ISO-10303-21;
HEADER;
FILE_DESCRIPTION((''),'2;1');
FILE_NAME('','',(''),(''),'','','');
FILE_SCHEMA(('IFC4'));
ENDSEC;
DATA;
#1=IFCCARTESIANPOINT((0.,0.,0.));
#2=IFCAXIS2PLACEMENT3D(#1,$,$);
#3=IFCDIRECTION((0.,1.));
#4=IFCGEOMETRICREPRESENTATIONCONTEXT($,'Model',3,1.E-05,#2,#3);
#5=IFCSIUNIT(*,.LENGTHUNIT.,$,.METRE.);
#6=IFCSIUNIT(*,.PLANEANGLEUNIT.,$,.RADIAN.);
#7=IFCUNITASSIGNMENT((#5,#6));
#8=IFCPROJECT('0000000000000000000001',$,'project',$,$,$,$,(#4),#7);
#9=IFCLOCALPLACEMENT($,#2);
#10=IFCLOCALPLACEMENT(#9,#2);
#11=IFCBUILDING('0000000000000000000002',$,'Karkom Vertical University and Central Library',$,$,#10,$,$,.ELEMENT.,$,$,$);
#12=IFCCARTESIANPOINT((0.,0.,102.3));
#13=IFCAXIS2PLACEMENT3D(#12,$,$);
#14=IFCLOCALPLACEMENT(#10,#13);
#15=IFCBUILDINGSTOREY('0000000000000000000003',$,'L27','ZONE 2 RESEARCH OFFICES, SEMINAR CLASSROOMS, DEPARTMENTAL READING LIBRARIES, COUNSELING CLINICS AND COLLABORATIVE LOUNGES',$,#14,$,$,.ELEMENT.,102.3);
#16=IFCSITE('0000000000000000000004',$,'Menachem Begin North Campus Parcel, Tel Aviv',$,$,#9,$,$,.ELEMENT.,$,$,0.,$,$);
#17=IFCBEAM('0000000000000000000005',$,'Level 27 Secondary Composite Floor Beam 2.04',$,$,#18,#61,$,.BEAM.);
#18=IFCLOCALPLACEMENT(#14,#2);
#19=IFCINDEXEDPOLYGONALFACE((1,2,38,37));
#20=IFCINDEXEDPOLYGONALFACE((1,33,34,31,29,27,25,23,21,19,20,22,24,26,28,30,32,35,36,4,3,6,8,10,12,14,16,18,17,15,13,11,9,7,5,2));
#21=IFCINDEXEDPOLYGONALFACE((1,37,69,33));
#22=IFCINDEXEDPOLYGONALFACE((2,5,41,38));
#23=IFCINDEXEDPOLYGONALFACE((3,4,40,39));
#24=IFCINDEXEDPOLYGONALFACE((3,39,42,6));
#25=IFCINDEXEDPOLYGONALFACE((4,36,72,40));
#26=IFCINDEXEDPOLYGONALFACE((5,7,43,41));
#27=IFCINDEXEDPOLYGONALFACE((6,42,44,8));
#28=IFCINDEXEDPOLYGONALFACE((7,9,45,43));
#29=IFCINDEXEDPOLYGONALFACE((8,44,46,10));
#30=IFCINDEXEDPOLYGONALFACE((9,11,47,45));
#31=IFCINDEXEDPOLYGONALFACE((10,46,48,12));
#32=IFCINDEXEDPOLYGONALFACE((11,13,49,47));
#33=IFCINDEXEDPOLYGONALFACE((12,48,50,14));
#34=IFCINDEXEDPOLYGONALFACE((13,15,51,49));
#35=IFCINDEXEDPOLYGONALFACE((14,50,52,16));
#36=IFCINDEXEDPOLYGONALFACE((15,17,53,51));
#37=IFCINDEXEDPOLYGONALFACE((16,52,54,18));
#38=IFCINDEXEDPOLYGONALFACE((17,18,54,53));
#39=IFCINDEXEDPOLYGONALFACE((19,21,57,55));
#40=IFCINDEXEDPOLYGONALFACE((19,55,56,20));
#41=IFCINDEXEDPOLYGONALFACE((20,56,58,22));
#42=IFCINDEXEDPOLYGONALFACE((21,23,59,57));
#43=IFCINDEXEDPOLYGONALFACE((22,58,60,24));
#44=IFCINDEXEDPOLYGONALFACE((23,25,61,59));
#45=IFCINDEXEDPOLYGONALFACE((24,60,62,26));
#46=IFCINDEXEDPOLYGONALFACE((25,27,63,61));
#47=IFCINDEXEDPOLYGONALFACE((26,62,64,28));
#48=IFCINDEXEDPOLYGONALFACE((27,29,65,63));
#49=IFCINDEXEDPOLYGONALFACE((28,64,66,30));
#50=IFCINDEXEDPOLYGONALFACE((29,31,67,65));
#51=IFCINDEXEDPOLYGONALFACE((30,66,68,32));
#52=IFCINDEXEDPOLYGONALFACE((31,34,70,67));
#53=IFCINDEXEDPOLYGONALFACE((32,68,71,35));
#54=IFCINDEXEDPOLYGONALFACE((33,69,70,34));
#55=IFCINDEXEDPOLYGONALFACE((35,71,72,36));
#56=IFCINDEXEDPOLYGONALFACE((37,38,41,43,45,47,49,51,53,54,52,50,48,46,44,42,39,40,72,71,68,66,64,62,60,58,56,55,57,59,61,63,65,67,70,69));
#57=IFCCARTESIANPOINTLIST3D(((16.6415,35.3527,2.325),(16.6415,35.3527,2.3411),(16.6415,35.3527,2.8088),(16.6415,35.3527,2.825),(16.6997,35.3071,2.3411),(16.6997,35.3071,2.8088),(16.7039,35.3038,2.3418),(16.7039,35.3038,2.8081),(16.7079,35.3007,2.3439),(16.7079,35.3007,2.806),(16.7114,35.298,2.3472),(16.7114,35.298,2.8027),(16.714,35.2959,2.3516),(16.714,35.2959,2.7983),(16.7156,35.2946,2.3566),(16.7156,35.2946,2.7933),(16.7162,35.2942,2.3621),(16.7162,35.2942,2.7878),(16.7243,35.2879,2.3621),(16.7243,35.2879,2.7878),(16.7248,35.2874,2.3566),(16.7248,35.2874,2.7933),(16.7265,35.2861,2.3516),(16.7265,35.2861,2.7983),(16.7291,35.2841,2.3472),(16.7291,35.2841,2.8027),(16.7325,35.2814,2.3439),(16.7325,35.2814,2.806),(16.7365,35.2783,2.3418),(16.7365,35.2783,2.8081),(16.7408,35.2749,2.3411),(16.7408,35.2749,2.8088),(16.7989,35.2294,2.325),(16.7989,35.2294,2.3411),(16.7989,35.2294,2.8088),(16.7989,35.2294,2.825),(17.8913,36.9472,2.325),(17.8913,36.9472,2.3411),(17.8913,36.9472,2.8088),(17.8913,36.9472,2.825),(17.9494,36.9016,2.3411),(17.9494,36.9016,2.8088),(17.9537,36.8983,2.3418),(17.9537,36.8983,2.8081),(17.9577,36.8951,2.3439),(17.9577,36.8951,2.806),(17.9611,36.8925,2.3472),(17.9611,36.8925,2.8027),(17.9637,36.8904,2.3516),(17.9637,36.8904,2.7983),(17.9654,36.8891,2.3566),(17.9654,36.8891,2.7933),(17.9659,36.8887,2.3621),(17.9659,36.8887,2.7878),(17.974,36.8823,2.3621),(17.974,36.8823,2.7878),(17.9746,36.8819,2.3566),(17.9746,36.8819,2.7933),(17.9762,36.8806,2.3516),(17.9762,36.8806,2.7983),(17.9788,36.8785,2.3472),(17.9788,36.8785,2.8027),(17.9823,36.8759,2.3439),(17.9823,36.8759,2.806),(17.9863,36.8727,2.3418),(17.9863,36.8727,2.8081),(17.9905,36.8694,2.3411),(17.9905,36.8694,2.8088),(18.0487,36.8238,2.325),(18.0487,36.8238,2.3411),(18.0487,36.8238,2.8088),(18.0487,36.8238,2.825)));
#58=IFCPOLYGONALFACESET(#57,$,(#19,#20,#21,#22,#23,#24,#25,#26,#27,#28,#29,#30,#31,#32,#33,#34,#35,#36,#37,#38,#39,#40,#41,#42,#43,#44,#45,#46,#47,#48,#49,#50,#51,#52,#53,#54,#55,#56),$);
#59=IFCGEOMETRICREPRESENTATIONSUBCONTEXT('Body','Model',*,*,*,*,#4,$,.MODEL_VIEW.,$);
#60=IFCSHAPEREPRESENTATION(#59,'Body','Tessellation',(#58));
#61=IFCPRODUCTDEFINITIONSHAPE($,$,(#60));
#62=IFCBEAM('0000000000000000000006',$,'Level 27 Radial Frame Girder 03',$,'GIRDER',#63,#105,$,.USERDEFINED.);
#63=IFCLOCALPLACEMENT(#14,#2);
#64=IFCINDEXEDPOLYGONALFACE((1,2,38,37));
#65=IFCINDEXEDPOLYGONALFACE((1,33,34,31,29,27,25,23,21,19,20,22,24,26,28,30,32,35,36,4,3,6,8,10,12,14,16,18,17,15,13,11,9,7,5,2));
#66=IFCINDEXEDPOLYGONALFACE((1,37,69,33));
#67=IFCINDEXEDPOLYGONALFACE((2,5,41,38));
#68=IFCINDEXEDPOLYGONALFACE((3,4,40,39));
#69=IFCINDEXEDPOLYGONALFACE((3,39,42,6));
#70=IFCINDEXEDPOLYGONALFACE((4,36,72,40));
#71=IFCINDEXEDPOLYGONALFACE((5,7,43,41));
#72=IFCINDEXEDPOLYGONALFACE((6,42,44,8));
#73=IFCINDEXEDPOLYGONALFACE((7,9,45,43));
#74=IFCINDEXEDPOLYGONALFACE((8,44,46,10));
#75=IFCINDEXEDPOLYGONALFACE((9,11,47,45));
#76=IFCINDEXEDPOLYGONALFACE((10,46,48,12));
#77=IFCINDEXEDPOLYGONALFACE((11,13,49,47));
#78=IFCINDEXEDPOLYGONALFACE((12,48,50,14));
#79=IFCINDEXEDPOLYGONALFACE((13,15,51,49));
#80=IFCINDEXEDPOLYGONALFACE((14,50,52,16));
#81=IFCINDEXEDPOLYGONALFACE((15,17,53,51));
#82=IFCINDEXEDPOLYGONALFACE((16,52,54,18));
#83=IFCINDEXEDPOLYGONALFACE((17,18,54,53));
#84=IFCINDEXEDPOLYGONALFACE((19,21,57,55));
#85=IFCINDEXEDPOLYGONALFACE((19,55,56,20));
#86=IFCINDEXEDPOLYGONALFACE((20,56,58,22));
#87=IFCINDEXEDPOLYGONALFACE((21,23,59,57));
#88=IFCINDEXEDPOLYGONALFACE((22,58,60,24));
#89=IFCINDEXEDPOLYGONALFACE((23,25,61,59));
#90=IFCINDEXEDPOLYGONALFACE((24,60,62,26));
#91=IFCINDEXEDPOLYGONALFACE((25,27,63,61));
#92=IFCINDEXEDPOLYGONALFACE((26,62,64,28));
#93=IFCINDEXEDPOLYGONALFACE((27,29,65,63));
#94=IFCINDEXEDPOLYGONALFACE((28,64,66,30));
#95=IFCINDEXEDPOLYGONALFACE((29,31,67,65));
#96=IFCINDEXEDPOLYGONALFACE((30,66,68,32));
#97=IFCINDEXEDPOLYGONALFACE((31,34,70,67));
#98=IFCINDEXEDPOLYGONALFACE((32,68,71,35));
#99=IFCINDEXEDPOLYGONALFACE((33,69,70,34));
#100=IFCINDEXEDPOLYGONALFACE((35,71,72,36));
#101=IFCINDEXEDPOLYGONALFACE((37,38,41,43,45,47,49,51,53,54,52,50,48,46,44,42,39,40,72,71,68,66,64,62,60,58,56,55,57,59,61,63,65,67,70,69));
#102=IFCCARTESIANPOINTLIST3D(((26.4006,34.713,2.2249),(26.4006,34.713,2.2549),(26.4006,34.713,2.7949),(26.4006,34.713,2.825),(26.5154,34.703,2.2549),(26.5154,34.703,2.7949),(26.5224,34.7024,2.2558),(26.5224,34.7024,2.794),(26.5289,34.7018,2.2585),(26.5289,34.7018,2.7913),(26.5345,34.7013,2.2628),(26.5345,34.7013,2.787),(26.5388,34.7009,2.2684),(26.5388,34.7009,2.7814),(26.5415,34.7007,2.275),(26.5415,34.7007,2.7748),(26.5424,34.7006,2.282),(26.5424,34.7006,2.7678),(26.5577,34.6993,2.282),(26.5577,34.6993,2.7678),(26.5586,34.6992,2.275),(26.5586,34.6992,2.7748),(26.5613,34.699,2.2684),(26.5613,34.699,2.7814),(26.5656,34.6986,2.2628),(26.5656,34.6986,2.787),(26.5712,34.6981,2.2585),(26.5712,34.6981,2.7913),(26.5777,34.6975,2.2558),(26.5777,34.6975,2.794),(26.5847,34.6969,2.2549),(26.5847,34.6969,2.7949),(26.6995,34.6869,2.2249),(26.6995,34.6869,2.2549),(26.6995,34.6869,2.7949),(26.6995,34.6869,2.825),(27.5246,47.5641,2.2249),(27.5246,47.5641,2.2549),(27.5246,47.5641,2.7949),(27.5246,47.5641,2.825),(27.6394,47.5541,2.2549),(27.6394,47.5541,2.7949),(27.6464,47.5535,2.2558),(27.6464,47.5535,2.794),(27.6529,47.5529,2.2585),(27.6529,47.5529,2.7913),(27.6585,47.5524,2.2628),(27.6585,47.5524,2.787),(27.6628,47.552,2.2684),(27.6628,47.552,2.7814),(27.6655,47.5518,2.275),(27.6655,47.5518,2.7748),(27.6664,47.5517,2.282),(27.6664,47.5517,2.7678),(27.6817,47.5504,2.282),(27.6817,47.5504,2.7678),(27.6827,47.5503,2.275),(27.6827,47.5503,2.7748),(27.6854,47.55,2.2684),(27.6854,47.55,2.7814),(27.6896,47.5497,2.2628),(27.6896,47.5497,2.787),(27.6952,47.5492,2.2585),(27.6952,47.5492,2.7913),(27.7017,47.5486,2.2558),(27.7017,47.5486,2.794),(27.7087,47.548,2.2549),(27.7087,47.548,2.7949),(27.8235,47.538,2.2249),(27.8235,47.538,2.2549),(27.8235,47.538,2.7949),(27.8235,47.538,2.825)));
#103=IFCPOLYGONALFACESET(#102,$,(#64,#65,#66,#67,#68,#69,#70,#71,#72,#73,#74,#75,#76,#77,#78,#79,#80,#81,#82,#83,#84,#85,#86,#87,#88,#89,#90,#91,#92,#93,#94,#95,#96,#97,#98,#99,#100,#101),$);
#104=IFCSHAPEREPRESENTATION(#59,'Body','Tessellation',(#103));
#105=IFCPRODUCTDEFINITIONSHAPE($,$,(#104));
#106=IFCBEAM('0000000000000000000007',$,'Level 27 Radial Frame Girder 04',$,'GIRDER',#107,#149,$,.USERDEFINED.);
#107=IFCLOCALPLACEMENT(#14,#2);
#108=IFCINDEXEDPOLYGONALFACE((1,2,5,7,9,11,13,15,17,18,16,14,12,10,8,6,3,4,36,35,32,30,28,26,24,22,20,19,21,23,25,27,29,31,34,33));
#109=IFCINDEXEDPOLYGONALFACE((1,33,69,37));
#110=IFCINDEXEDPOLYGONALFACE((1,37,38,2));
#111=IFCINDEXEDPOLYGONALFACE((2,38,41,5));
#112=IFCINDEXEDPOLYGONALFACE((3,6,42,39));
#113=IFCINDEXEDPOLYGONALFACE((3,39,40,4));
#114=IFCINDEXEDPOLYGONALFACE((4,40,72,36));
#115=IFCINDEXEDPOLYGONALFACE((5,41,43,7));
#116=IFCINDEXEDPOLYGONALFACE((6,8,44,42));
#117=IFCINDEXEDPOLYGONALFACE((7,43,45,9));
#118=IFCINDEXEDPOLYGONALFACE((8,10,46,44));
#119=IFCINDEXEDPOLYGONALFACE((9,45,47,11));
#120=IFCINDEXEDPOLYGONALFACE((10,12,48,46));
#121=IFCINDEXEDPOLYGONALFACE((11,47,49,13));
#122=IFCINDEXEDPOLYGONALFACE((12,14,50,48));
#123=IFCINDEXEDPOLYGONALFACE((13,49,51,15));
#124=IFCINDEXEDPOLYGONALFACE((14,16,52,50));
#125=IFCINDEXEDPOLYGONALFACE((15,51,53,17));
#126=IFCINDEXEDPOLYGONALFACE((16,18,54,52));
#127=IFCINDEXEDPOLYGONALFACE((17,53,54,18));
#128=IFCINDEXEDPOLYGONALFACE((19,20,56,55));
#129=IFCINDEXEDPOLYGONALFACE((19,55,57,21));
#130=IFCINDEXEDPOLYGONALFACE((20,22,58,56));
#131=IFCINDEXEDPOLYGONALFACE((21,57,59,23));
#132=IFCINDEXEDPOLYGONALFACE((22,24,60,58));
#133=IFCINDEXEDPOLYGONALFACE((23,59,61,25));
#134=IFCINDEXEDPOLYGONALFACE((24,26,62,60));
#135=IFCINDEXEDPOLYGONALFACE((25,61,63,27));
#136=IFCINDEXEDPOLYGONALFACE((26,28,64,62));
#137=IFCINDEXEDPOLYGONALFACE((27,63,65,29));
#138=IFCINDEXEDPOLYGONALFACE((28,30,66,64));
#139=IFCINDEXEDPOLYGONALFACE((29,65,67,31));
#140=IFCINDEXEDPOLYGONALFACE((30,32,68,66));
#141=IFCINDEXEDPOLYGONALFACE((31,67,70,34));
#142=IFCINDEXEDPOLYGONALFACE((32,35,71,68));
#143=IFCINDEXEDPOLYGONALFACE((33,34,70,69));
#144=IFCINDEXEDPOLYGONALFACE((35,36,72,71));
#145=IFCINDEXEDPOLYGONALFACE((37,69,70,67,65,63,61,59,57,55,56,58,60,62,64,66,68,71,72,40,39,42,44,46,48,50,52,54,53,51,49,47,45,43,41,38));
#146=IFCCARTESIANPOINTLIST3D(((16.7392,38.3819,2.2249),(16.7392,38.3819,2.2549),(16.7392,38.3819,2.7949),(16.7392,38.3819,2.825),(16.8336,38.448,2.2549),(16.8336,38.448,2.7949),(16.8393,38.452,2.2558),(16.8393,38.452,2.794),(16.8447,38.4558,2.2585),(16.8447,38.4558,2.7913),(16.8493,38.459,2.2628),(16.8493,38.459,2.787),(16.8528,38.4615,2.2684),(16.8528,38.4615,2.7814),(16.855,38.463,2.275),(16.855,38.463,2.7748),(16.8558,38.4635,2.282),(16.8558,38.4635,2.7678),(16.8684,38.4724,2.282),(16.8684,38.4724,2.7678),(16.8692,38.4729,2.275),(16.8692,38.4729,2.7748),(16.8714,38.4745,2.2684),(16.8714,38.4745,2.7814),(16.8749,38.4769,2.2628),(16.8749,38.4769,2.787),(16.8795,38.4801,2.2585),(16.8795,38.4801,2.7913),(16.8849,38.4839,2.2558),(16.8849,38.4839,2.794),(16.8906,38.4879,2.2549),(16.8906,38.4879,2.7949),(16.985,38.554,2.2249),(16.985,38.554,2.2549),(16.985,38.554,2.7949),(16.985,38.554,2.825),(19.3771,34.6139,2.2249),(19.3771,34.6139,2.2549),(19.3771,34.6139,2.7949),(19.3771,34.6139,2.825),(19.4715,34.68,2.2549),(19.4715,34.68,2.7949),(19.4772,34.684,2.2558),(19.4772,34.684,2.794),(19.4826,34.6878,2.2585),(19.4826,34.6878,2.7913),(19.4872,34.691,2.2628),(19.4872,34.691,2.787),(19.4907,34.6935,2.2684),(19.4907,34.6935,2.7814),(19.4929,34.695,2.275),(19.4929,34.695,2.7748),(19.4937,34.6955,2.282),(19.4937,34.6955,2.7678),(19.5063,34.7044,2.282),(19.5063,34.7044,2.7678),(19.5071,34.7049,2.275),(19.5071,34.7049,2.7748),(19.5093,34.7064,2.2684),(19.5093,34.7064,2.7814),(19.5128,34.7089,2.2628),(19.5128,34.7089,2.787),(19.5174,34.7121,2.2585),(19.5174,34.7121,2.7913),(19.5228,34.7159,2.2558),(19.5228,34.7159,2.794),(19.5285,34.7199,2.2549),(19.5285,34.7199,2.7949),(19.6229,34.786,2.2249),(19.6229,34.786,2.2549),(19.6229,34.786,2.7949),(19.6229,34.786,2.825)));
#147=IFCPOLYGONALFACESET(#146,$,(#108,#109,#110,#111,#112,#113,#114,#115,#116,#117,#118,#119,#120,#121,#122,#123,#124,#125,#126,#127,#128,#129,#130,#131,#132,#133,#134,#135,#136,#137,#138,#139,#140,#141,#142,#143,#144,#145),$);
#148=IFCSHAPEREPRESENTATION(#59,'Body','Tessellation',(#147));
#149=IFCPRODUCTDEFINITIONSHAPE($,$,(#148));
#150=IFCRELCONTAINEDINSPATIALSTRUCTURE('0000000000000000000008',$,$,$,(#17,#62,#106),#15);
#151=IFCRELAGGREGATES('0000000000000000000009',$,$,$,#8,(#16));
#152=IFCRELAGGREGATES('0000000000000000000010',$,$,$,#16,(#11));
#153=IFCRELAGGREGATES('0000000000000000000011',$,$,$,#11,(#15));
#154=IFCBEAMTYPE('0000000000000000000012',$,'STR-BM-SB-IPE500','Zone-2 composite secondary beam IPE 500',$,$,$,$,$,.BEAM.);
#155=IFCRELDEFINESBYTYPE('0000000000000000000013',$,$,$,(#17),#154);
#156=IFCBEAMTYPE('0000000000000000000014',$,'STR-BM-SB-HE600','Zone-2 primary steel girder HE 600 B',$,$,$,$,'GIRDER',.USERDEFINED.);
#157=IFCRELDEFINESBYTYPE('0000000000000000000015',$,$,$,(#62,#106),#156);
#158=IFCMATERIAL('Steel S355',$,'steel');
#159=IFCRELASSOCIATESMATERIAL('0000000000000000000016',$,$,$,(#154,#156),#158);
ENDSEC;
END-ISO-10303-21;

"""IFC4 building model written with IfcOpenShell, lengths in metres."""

from ifc_helpers import new_model, si_unit, direction, frame, origin, origin_with_axes, origin_2d, place, context, subcontext, project, spatial, i_section, extrude, source, transform, mapped, material, material_profile, profile_set, type_object, element, save


model = new_model("IFC4")

# Units and contexts
model_context = context("Model", 3, precision=1e-05, world=origin(), true_north=direction((0.0, 1.0)))
body_context = subcontext(model_context, "Body", "Model", "MODEL_VIEW")
ifc_project = project(units=[si_unit("LENGTHUNIT", "METRE"), si_unit("PLANEANGLEUNIT", "RADIAN")], contexts=[model_context])

# Site, building, storey
site_placement = place(None, origin())
site = spatial("IfcSite", under=ifc_project, at=site_placement, Name="Menachem Begin North Campus Parcel, Tel Aviv", CompositionType="ELEMENT", RefElevation=0.0)
building_placement = place(site_placement, origin())
building = spatial("IfcBuilding", under=site, at=building_placement, Name="Karkom Vertical University and Central Library", CompositionType="ELEMENT")
storey_placement = place(building_placement, frame((0.0, 0.0, 102.3)))
storey = spatial("IfcBuildingStorey", under=building, at=storey_placement, Name="L27", Description="ZONE 2 RESEARCH OFFICES, SEMINAR CLASSROOMS, DEPARTMENTAL READING LIBRARIES, COUNSELING CLINICS AND COLLABORATIVE LOUNGES", CompositionType="ELEMENT", Elevation=102.3)

# Beams
ifc_material_1 = material(Name="Steel S355", Category="steel")
ifc_material_profile_1 = material_profile(ifc_material_1, i_section(OverallWidth=0.2, OverallDepth=0.5, WebThickness=0.0103, FlangeThickness=0.0161, FilletRadius=0.021, at=origin_2d()), Name="IPE 500")
ifc_profile_set_1 = profile_set([ifc_material_profile_1], Name="Steel S355")
beam_type_1 = type_object("IfcBeamType", Name="STR-BM-SB-IPE500", Description="Zone-2 composite secondary beam IPE 500", PredefinedType="BEAM", material=ifc_profile_set_1)
shared_shape_1 = source(origin_with_axes(), body_context, "Body", "SweptSolid", [
    extrude(i_section(OverallWidth=0.2, OverallDepth=0.5, WebThickness=0.0103, FlangeThickness=0.0161, FilletRadius=0.021, at=origin_2d()), origin(), (0.0, 0.0, 1.0), 2.0259),
])
beam_1_placement = place(storey_placement, frame((17.97, 36.8855, 2.575), z_axis=(-0.61689, -0.78705, 0.0), x_axis=(0.78705, -0.61689, 0.0)))
element("IfcBeam", 1, at=beam_1_placement, inside=storey, type_object=beam_type_1, Name="Level 27 Secondary Composite Floor Beam 2.04", PredefinedType="BEAM", context=body_context, shape_type="MappedRepresentation", body=[
    mapped(shared_shape_1, transform((0.0, 0.0, 0.0), scale=1.0)),
])
ifc_material_profile_2 = material_profile(ifc_material_1, i_section(OverallWidth=0.3, OverallDepth=0.6001, WebThickness=0.0154, FlangeThickness=0.03, FilletRadius=0.0271, at=origin_2d()), Name="HE 600 B")
ifc_profile_set_2 = profile_set([ifc_material_profile_2], Name="Steel S355")
beam_type_2 = type_object("IfcBeamType", Name="STR-BM-SB-HE600", Description="Zone-2 primary steel girder HE 600 B", ElementType="GIRDER", PredefinedType="USERDEFINED", material=ifc_profile_set_2)
shared_shape_2 = source(origin_with_axes(), body_context, "Body", "SweptSolid", [
    extrude(i_section(OverallWidth=0.3, OverallDepth=0.6001, WebThickness=0.0154, FlangeThickness=0.03, FilletRadius=0.0271, at=origin_2d()), origin(), (0.0, 0.0, 1.0), 12.9001),
])
beam_2_placement = place(storey_placement, frame((26.55, 34.7, 2.5249), z_axis=(0.087133, 0.996197, 0.0), x_axis=(-0.996197, 0.087133, 0.0)))
element("IfcBeam", 2, at=beam_2_placement, inside=storey, type_object=beam_type_2, Name="Level 27 Radial Frame Girder 03", ObjectType="GIRDER", PredefinedType="USERDEFINED", context=body_context, shape_type="MappedRepresentation", body=[
    mapped(shared_shape_2, transform((0.0, 0.0, 0.0), scale=1.0)),
])
shared_shape_3 = source(origin_with_axes(), body_context, "Body", "SweptSolid", [
    extrude(i_section(OverallWidth=0.3, OverallDepth=0.6001, WebThickness=0.0154, FlangeThickness=0.03, FilletRadius=0.0271, at=origin_2d()), origin(), (0.0, 0.0, 1.0), 4.5996),
])
beam_3_placement = place(storey_placement, frame((19.5, 34.7, 2.5249), z_axis=(-0.573505, 0.819202, 0.0), x_axis=(-0.819202, -0.573505, 0.0)))
element("IfcBeam", 3, at=beam_3_placement, inside=storey, type_object=beam_type_2, Name="Level 27 Radial Frame Girder 04", ObjectType="GIRDER", PredefinedType="USERDEFINED", context=body_context, shape_type="MappedRepresentation", body=[
    mapped(shared_shape_3, transform((0.0, 0.0, 0.0), scale=1.0)),
])

save(model, "model.ifc")
